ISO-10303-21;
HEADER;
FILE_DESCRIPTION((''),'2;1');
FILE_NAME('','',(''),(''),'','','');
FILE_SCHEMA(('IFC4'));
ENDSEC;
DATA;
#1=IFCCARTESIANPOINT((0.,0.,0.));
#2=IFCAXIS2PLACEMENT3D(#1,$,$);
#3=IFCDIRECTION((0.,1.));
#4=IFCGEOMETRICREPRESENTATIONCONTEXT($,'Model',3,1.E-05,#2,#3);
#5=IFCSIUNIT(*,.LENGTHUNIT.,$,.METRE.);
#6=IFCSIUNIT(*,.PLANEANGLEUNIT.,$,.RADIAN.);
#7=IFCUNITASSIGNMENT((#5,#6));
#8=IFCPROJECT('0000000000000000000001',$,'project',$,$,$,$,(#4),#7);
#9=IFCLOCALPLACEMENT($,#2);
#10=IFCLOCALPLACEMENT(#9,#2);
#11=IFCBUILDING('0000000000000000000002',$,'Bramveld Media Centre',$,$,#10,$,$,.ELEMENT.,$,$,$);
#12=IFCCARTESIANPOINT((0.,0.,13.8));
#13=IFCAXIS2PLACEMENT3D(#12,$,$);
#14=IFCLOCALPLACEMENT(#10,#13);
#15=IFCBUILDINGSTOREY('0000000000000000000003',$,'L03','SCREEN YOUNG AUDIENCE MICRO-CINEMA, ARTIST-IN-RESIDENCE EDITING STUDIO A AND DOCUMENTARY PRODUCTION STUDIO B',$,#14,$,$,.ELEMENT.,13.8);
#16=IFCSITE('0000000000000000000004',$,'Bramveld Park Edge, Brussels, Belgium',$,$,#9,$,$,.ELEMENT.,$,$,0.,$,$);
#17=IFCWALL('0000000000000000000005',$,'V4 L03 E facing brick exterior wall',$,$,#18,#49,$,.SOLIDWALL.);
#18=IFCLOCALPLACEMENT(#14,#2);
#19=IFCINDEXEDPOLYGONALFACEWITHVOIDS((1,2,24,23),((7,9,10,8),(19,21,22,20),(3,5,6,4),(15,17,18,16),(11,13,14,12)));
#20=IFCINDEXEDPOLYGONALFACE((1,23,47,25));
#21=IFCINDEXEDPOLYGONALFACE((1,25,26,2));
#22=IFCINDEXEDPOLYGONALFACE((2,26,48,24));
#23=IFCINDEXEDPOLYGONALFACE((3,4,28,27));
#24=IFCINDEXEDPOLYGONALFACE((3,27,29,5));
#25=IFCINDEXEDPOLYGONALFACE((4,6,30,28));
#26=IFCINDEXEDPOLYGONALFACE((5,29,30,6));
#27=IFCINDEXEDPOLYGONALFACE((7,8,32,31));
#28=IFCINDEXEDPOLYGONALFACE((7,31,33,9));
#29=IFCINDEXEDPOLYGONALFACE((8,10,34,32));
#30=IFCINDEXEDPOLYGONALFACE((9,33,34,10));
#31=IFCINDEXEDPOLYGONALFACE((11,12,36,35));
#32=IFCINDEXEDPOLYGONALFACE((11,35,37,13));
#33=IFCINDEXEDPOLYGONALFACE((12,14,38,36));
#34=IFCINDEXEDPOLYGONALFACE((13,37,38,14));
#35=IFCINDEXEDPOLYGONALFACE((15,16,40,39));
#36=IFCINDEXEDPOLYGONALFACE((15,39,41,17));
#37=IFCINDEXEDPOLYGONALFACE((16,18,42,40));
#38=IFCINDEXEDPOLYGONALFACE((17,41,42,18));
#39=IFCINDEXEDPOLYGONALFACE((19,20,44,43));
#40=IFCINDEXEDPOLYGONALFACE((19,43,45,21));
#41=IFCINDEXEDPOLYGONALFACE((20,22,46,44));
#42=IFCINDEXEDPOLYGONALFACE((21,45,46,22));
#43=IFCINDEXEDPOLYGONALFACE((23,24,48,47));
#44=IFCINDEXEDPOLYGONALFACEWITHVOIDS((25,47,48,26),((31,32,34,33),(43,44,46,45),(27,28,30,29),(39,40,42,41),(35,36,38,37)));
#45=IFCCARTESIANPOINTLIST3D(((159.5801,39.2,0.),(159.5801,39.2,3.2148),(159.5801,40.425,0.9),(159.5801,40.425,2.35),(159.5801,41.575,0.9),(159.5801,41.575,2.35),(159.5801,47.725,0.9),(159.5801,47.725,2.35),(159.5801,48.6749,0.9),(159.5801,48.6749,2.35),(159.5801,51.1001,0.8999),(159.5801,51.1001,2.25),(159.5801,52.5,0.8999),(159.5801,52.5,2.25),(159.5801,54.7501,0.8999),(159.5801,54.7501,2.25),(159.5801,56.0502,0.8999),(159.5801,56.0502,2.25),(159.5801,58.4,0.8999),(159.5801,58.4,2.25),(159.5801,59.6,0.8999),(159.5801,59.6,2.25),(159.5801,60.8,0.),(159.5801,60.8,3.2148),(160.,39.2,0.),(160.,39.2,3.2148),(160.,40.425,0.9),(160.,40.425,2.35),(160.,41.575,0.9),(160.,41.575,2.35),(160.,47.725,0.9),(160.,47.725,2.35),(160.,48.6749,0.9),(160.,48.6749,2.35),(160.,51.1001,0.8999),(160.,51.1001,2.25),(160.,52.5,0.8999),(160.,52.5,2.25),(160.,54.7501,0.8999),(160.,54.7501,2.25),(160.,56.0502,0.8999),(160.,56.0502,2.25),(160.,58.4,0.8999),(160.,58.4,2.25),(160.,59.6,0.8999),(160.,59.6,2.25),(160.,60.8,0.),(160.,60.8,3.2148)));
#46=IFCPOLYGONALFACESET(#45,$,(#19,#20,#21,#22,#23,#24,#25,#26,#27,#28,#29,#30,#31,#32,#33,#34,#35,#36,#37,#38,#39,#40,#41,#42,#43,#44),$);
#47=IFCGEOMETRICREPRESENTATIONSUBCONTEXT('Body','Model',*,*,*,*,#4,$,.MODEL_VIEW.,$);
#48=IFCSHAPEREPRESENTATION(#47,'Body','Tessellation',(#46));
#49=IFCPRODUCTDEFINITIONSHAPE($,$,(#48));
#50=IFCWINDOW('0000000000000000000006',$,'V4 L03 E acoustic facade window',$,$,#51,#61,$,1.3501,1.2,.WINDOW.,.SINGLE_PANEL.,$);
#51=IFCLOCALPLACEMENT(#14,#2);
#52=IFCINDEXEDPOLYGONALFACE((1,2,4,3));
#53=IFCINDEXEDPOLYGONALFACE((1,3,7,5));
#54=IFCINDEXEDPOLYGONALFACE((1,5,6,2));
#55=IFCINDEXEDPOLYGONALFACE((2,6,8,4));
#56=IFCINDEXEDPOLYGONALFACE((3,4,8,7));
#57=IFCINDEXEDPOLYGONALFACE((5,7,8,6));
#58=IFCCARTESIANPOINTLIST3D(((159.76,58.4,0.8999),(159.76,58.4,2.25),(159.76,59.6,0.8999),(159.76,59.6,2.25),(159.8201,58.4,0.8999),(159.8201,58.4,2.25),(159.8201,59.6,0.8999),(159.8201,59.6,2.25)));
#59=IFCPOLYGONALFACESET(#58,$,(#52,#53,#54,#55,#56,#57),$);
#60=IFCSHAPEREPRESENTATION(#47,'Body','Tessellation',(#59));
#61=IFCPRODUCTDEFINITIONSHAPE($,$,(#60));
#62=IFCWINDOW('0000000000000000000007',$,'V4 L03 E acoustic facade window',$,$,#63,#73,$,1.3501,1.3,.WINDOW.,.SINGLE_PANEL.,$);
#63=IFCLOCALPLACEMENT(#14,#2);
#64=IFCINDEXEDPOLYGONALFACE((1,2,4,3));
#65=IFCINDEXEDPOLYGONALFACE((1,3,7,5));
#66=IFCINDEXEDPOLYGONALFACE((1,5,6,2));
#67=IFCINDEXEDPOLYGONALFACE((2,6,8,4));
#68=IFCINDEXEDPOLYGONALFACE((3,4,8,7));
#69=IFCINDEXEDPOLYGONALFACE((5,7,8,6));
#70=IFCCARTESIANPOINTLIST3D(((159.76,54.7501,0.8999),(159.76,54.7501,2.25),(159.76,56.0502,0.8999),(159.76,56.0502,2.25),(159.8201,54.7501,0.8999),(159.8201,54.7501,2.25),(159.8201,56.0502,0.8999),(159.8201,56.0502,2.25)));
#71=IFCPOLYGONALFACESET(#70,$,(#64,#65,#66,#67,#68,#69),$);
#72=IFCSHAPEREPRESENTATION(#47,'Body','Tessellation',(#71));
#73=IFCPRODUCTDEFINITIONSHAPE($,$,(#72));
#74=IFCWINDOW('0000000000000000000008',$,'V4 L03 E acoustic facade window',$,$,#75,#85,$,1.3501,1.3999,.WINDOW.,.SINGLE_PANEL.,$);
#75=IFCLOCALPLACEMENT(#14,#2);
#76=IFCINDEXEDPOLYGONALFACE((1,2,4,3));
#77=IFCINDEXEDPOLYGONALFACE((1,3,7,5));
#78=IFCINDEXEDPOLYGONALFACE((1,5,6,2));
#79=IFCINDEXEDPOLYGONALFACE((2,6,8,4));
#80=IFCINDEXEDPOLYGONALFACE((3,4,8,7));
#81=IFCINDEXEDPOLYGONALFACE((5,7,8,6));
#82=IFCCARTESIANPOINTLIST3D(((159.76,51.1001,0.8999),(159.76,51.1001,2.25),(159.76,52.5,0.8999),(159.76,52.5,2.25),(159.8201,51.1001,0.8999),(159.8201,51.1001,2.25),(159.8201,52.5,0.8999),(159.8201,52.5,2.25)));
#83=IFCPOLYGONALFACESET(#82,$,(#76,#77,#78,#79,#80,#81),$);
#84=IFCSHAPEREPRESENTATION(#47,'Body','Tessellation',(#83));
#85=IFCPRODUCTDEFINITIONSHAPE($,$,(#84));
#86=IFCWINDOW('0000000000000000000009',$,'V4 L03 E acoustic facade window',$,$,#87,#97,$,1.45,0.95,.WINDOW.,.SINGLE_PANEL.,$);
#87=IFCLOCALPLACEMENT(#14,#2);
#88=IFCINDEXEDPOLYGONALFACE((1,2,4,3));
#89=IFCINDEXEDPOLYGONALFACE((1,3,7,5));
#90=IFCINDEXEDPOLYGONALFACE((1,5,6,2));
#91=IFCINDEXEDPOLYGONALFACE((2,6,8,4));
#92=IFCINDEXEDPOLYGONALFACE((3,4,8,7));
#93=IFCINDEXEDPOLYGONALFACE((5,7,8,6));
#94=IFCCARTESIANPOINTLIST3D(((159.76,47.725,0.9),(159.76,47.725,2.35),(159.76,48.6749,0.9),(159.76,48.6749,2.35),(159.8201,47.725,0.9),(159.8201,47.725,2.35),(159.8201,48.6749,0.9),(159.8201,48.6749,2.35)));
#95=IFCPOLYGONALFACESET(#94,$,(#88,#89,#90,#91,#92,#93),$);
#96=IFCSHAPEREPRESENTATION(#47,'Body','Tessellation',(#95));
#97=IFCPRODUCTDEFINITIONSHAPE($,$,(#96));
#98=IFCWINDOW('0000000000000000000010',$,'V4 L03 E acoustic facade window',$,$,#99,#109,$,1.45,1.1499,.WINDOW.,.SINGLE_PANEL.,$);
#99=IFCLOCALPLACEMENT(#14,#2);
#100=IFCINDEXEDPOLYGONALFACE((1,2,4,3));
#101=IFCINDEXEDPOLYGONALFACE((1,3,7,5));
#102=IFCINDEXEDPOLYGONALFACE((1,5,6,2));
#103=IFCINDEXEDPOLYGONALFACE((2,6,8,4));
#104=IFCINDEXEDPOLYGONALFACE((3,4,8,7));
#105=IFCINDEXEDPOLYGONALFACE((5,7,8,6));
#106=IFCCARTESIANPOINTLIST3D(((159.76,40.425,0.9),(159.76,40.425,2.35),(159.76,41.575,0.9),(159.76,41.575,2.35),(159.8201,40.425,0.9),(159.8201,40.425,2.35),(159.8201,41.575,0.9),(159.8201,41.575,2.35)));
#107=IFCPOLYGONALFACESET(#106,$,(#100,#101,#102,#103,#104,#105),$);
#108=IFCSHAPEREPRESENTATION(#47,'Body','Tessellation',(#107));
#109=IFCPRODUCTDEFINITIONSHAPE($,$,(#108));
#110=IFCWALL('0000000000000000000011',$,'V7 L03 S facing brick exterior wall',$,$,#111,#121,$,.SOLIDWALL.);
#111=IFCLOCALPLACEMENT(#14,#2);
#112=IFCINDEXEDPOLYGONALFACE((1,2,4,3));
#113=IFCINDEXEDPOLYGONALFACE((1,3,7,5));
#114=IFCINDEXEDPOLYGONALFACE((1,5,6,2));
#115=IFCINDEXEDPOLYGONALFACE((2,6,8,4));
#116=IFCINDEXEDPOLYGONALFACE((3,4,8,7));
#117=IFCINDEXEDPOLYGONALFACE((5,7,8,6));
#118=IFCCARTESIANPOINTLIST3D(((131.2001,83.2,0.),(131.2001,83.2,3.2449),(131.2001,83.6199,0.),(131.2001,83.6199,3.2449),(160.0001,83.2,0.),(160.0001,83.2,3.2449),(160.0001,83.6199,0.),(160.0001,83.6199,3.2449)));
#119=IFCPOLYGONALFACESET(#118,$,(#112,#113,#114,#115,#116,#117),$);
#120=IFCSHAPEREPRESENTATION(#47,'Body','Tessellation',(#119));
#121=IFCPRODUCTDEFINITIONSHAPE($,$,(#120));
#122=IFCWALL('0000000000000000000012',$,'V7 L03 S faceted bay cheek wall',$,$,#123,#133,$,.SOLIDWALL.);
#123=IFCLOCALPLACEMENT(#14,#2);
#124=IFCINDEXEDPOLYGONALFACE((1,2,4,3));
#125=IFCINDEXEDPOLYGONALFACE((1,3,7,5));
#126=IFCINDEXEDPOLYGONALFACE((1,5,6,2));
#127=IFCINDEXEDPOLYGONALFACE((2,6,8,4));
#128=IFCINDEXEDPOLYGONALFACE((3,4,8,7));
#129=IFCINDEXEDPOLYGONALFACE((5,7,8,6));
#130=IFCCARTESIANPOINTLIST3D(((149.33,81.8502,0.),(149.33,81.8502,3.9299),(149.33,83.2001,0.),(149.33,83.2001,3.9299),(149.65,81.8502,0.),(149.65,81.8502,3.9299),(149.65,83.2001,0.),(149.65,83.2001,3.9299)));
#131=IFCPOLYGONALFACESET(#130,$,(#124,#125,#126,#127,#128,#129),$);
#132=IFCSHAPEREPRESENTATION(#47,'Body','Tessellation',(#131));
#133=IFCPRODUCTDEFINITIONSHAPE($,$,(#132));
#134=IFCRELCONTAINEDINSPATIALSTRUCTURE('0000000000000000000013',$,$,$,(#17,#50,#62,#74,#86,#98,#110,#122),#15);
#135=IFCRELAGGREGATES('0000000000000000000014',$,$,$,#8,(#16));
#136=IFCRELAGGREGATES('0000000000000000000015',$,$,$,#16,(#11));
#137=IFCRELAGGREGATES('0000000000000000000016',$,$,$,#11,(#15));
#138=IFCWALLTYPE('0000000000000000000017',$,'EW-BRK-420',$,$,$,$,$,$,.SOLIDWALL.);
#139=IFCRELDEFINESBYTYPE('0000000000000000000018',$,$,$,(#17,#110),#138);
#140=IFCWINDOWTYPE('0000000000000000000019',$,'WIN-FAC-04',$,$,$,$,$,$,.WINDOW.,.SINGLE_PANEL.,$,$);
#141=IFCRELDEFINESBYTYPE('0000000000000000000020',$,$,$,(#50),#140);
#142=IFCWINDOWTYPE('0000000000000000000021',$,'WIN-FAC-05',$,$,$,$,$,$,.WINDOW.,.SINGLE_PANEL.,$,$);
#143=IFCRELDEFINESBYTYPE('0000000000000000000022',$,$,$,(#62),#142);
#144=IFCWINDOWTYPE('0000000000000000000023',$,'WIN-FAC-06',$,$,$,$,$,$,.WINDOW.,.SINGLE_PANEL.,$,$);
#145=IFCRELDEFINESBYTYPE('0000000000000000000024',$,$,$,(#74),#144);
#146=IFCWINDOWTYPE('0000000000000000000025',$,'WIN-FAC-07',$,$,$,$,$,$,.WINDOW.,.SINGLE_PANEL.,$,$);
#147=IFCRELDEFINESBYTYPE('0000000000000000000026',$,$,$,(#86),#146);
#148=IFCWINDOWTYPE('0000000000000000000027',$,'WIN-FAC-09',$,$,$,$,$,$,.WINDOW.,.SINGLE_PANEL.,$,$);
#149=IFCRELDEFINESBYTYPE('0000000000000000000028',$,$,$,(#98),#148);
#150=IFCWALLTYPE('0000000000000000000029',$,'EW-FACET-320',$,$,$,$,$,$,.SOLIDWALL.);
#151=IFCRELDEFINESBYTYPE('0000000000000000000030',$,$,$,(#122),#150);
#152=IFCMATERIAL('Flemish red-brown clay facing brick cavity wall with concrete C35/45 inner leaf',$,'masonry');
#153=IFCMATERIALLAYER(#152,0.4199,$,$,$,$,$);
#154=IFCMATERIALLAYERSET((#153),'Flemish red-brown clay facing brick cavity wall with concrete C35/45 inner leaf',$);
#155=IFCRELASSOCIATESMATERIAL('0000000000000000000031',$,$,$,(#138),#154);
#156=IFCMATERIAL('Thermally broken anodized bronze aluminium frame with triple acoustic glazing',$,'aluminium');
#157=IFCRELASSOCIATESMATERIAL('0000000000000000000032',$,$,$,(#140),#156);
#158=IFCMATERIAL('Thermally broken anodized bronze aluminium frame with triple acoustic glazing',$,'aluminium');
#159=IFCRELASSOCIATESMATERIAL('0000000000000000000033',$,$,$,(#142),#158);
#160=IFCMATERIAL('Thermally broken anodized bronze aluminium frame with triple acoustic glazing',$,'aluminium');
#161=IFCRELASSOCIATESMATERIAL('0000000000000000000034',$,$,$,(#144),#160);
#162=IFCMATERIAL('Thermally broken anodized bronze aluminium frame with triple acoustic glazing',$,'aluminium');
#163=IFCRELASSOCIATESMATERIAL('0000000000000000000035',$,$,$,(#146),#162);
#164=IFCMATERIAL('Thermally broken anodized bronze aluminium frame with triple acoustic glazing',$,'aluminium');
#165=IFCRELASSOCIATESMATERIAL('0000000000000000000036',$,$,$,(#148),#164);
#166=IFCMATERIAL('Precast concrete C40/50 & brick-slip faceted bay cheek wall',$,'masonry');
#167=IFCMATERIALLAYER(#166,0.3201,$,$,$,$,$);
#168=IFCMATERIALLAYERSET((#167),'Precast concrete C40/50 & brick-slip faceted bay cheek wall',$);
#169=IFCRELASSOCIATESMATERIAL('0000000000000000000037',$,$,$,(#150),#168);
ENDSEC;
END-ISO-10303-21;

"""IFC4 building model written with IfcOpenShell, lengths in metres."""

from ifc_helpers import new_model, si_unit, direction, frame, frame_2d, origin, place, context, subcontext, project, spatial, rectangle, extrude, material, layer, layer_set, type_object, element, fill, save


model = new_model("IFC4")

# Units and contexts
model_context = context("Model", 3, precision=1e-05, world=origin(), true_north=direction((0.0, 1.0)))
body_context = subcontext(model_context, "Body", "Model", "MODEL_VIEW")
ifc_project = project(units=[si_unit("LENGTHUNIT", "METRE"), si_unit("PLANEANGLEUNIT", "RADIAN")], contexts=[model_context])

# Site, building, storey
site_placement = place(None, origin())
site = spatial("IfcSite", under=ifc_project, at=site_placement, Name="Bramveld Park Edge, Brussels, Belgium", CompositionType="ELEMENT", RefElevation=0.0)
building_placement = place(site_placement, origin())
building = spatial("IfcBuilding", under=site, at=building_placement, Name="Bramveld Media Centre", CompositionType="ELEMENT")
storey_placement = place(building_placement, frame((0.0, 0.0, 13.8)))
storey = spatial("IfcBuildingStorey", under=building, at=storey_placement, Name="L03", Description="SCREEN YOUNG AUDIENCE MICRO-CINEMA, ARTIST-IN-RESIDENCE EDITING STUDIO A AND DOCUMENTARY PRODUCTION STUDIO B", CompositionType="ELEMENT", Elevation=13.8)

# Wall, openings, windows
ifc_material_1 = material(Name="Flemish red-brown clay facing brick cavity wall with concrete C35/45 inner leaf", Category="masonry")
ifc_layer_1 = layer(ifc_material_1, 0.4199)
ifc_layer_set_1 = layer_set([ifc_layer_1], Name="Flemish red-brown clay facing brick cavity wall with concrete C35/45 inner leaf")
wall_type_1 = type_object("IfcWallType", Name="EW-BRK-420", PredefinedType="SOLIDWALL", material=ifc_layer_set_1)
wall_1_placement = place(storey_placement, frame((159.79, 60.8, 0.0), z_axis=(0.0, 0.0, 1.0), x_axis=(0.0, -1.0, 0.0)))
wall_1 = element("IfcWall", 1, at=wall_1_placement, inside=storey, type_object=wall_type_1, Name="V4 L03 E facing brick exterior wall", PredefinedType="SOLIDWALL", context=body_context, shape_type="SweptSolid", body=[
    extrude(rectangle(XDim=21.6001, YDim=0.4199, at=frame_2d((10.8, 0.0))), origin(), (0.0, 0.0, 1.0), 3.2148),
])
opening_1_placement = place(wall_1_placement, frame((1.2, 0.0, 0.8999)))
opening_1 = element("IfcOpeningElement", 2, at=opening_1_placement, cuts=wall_1, PredefinedType="OPENING", context=body_context, shape_type="SweptSolid", body=[
    extrude(rectangle(XDim=1.2, YDim=1.3501, at=frame_2d((0.6001, 0.675))), frame((0.0, 0.2219, 0.0), z_axis=(0.0, -1.0, 0.0), x_axis=(1.0, 0.0, 0.0)), (0.0, 0.0, 1.0), 0.4438),
])
opening_2_placement = place(wall_1_placement, frame((4.75, 0.0, 0.8999)))
opening_2 = element("IfcOpeningElement", 3, at=opening_2_placement, cuts=wall_1, PredefinedType="OPENING", context=body_context, shape_type="SweptSolid", body=[
    extrude(rectangle(XDim=1.3, YDim=1.3501, at=frame_2d((0.6499, 0.675))), frame((0.0, 0.2219, 0.0), z_axis=(0.0, -1.0, 0.0), x_axis=(1.0, 0.0, 0.0)), (0.0, 0.0, 1.0), 0.4438),
])
opening_3_placement = place(wall_1_placement, frame((8.3, 0.0, 0.8999)))
opening_3 = element("IfcOpeningElement", 4, at=opening_3_placement, cuts=wall_1, PredefinedType="OPENING", context=body_context, shape_type="SweptSolid", body=[
    extrude(rectangle(XDim=1.3999, YDim=1.3501, at=frame_2d((0.7, 0.675))), frame((0.0, 0.2219, 0.0), z_axis=(0.0, -1.0, 0.0), x_axis=(1.0, 0.0, 0.0)), (0.0, 0.0, 1.0), 0.4438),
])
opening_4_placement = place(wall_1_placement, frame((12.125, 0.0, 0.8999)))
opening_4 = element("IfcOpeningElement", 5, at=opening_4_placement, cuts=wall_1, PredefinedType="OPENING", context=body_context, shape_type="SweptSolid", body=[
    extrude(rectangle(XDim=0.95, YDim=1.45, at=frame_2d((0.4751, 0.7251))), frame((0.0, 0.2219, 0.0), z_axis=(0.0, -1.0, 0.0), x_axis=(1.0, 0.0, 0.0)), (0.0, 0.0, 1.0), 0.4438),
])
opening_5_placement = place(wall_1_placement, frame((19.2251, 0.0, 0.8999)))
opening_5 = element("IfcOpeningElement", 6, at=opening_5_placement, cuts=wall_1, PredefinedType="OPENING", context=body_context, shape_type="SweptSolid", body=[
    extrude(rectangle(XDim=1.1499, YDim=1.45, at=frame_2d((0.575, 0.7251))), frame((0.0, 0.2219, 0.0), z_axis=(0.0, -1.0, 0.0), x_axis=(1.0, 0.0, 0.0)), (0.0, 0.0, 1.0), 0.4438),
])
ifc_material_2 = material(Name="Thermally broken anodized bronze aluminium frame with triple acoustic glazing", Category="aluminium")
window_type_1 = type_object("IfcWindowType", Name="WIN-FAC-04", PartitioningType="SINGLE_PANEL", PredefinedType="WINDOW", material=ifc_material_2)
window_1_placement = place(opening_1_placement, origin())
window_1 = element("IfcWindow", 7, at=window_1_placement, inside=storey, type_object=window_type_1, Name="V4 L03 E acoustic facade window", OverallHeight=1.3501, OverallWidth=1.2, PartitioningType="SINGLE_PANEL", PredefinedType="WINDOW", context=body_context, shape_type="SweptSolid", body=[
    extrude(rectangle(XDim=1.2, YDim=1.3501, at=frame_2d((0.6001, 0.675))), frame((0.0, 0.03, 0.0), z_axis=(0.0, -1.0, 0.0), x_axis=(1.0, 0.0, 0.0)), (0.0, 0.0, 1.0), 0.0601),
])
fill(opening_1, window_1)
ifc_material_3 = material(Name="Thermally broken anodized bronze aluminium frame with triple acoustic glazing", Category="aluminium")
window_type_2 = type_object("IfcWindowType", Name="WIN-FAC-05", PartitioningType="SINGLE_PANEL", PredefinedType="WINDOW", material=ifc_material_3)
window_2_placement = place(opening_2_placement, origin())
window_2 = element("IfcWindow", 8, at=window_2_placement, inside=storey, type_object=window_type_2, Name="V4 L03 E acoustic facade window", OverallHeight=1.3501, OverallWidth=1.3, PartitioningType="SINGLE_PANEL", PredefinedType="WINDOW", context=body_context, shape_type="SweptSolid", body=[
    extrude(rectangle(XDim=1.3, YDim=1.3501, at=frame_2d((0.6499, 0.675))), frame((0.0, 0.03, 0.0), z_axis=(0.0, -1.0, 0.0), x_axis=(1.0, 0.0, 0.0)), (0.0, 0.0, 1.0), 0.0601),
])
fill(opening_2, window_2)
ifc_material_4 = material(Name="Thermally broken anodized bronze aluminium frame with triple acoustic glazing", Category="aluminium")
window_type_3 = type_object("IfcWindowType", Name="WIN-FAC-06", PartitioningType="SINGLE_PANEL", PredefinedType="WINDOW", material=ifc_material_4)
window_3_placement = place(opening_3_placement, origin())
window_3 = element("IfcWindow", 9, at=window_3_placement, inside=storey, type_object=window_type_3, Name="V4 L03 E acoustic facade window", OverallHeight=1.3501, OverallWidth=1.3999, PartitioningType="SINGLE_PANEL", PredefinedType="WINDOW", context=body_context, shape_type="SweptSolid", body=[
    extrude(rectangle(XDim=1.3999, YDim=1.3501, at=frame_2d((0.7, 0.675))), frame((0.0, 0.03, 0.0), z_axis=(0.0, -1.0, 0.0), x_axis=(1.0, 0.0, 0.0)), (0.0, 0.0, 1.0), 0.0601),
])
fill(opening_3, window_3)
ifc_material_5 = material(Name="Thermally broken anodized bronze aluminium frame with triple acoustic glazing", Category="aluminium")
window_type_4 = type_object("IfcWindowType", Name="WIN-FAC-07", PartitioningType="SINGLE_PANEL", PredefinedType="WINDOW", material=ifc_material_5)
window_4_placement = place(opening_4_placement, origin())
window_4 = element("IfcWindow", 10, at=window_4_placement, inside=storey, type_object=window_type_4, Name="V4 L03 E acoustic facade window", OverallHeight=1.45, OverallWidth=0.95, PartitioningType="SINGLE_PANEL", PredefinedType="WINDOW", context=body_context, shape_type="SweptSolid", body=[
    extrude(rectangle(XDim=0.95, YDim=1.45, at=frame_2d((0.4751, 0.7251))), frame((0.0, 0.03, 0.0), z_axis=(0.0, -1.0, 0.0), x_axis=(1.0, 0.0, 0.0)), (0.0, 0.0, 1.0), 0.0601),
])
fill(opening_4, window_4)
ifc_material_6 = material(Name="Thermally broken anodized bronze aluminium frame with triple acoustic glazing", Category="aluminium")
window_type_5 = type_object("IfcWindowType", Name="WIN-FAC-09", PartitioningType="SINGLE_PANEL", PredefinedType="WINDOW", material=ifc_material_6)
window_5_placement = place(opening_5_placement, origin())
window_5 = element("IfcWindow", 11, at=window_5_placement, inside=storey, type_object=window_type_5, Name="V4 L03 E acoustic facade window", OverallHeight=1.45, OverallWidth=1.1499, PartitioningType="SINGLE_PANEL", PredefinedType="WINDOW", context=body_context, shape_type="SweptSolid", body=[
    extrude(rectangle(XDim=1.1499, YDim=1.45, at=frame_2d((0.575, 0.7251))), frame((0.0, 0.03, 0.0), z_axis=(0.0, -1.0, 0.0), x_axis=(1.0, 0.0, 0.0)), (0.0, 0.0, 1.0), 0.0601),
])
fill(opening_5, window_5)

# Walls
wall_2_placement = place(storey_placement, frame((160.0, 83.4099, 0.0), z_axis=(0.0, 0.0, 1.0), x_axis=(-1.0, 0.0, 0.0)))
element("IfcWall", 12, at=wall_2_placement, inside=storey, type_object=wall_type_1, Name="V7 L03 S facing brick exterior wall", PredefinedType="SOLIDWALL", context=body_context, shape_type="SweptSolid", body=[
    extrude(rectangle(XDim=28.8, YDim=0.4199, at=frame_2d((14.3999, 0.0))), origin(), (0.0, 0.0, 1.0), 3.2449),
])
ifc_material_7 = material(Name="Precast concrete C40/50 & brick-slip faceted bay cheek wall", Category="masonry")
ifc_layer_2 = layer(ifc_material_7, 0.3201)
ifc_layer_set_2 = layer_set([ifc_layer_2], Name="Precast concrete C40/50 & brick-slip faceted bay cheek wall")
wall_type_2 = type_object("IfcWallType", Name="EW-FACET-320", PredefinedType="SOLIDWALL", material=ifc_layer_set_2)
wall_3_placement = place(storey_placement, frame((149.49, 83.2, 0.0), z_axis=(0.0, 0.0, 1.0), x_axis=(0.0, -1.0, 0.0)))
element("IfcWall", 13, at=wall_3_placement, inside=storey, type_object=wall_type_2, Name="V7 L03 S faceted bay cheek wall", PredefinedType="SOLIDWALL", context=body_context, shape_type="SweptSolid", body=[
    extrude(rectangle(XDim=1.3499, YDim=0.3201, at=frame_2d((0.6748, 0.0))), origin(), (0.0, 0.0, 1.0), 3.9299),
])

save(model, "model.ifc")
